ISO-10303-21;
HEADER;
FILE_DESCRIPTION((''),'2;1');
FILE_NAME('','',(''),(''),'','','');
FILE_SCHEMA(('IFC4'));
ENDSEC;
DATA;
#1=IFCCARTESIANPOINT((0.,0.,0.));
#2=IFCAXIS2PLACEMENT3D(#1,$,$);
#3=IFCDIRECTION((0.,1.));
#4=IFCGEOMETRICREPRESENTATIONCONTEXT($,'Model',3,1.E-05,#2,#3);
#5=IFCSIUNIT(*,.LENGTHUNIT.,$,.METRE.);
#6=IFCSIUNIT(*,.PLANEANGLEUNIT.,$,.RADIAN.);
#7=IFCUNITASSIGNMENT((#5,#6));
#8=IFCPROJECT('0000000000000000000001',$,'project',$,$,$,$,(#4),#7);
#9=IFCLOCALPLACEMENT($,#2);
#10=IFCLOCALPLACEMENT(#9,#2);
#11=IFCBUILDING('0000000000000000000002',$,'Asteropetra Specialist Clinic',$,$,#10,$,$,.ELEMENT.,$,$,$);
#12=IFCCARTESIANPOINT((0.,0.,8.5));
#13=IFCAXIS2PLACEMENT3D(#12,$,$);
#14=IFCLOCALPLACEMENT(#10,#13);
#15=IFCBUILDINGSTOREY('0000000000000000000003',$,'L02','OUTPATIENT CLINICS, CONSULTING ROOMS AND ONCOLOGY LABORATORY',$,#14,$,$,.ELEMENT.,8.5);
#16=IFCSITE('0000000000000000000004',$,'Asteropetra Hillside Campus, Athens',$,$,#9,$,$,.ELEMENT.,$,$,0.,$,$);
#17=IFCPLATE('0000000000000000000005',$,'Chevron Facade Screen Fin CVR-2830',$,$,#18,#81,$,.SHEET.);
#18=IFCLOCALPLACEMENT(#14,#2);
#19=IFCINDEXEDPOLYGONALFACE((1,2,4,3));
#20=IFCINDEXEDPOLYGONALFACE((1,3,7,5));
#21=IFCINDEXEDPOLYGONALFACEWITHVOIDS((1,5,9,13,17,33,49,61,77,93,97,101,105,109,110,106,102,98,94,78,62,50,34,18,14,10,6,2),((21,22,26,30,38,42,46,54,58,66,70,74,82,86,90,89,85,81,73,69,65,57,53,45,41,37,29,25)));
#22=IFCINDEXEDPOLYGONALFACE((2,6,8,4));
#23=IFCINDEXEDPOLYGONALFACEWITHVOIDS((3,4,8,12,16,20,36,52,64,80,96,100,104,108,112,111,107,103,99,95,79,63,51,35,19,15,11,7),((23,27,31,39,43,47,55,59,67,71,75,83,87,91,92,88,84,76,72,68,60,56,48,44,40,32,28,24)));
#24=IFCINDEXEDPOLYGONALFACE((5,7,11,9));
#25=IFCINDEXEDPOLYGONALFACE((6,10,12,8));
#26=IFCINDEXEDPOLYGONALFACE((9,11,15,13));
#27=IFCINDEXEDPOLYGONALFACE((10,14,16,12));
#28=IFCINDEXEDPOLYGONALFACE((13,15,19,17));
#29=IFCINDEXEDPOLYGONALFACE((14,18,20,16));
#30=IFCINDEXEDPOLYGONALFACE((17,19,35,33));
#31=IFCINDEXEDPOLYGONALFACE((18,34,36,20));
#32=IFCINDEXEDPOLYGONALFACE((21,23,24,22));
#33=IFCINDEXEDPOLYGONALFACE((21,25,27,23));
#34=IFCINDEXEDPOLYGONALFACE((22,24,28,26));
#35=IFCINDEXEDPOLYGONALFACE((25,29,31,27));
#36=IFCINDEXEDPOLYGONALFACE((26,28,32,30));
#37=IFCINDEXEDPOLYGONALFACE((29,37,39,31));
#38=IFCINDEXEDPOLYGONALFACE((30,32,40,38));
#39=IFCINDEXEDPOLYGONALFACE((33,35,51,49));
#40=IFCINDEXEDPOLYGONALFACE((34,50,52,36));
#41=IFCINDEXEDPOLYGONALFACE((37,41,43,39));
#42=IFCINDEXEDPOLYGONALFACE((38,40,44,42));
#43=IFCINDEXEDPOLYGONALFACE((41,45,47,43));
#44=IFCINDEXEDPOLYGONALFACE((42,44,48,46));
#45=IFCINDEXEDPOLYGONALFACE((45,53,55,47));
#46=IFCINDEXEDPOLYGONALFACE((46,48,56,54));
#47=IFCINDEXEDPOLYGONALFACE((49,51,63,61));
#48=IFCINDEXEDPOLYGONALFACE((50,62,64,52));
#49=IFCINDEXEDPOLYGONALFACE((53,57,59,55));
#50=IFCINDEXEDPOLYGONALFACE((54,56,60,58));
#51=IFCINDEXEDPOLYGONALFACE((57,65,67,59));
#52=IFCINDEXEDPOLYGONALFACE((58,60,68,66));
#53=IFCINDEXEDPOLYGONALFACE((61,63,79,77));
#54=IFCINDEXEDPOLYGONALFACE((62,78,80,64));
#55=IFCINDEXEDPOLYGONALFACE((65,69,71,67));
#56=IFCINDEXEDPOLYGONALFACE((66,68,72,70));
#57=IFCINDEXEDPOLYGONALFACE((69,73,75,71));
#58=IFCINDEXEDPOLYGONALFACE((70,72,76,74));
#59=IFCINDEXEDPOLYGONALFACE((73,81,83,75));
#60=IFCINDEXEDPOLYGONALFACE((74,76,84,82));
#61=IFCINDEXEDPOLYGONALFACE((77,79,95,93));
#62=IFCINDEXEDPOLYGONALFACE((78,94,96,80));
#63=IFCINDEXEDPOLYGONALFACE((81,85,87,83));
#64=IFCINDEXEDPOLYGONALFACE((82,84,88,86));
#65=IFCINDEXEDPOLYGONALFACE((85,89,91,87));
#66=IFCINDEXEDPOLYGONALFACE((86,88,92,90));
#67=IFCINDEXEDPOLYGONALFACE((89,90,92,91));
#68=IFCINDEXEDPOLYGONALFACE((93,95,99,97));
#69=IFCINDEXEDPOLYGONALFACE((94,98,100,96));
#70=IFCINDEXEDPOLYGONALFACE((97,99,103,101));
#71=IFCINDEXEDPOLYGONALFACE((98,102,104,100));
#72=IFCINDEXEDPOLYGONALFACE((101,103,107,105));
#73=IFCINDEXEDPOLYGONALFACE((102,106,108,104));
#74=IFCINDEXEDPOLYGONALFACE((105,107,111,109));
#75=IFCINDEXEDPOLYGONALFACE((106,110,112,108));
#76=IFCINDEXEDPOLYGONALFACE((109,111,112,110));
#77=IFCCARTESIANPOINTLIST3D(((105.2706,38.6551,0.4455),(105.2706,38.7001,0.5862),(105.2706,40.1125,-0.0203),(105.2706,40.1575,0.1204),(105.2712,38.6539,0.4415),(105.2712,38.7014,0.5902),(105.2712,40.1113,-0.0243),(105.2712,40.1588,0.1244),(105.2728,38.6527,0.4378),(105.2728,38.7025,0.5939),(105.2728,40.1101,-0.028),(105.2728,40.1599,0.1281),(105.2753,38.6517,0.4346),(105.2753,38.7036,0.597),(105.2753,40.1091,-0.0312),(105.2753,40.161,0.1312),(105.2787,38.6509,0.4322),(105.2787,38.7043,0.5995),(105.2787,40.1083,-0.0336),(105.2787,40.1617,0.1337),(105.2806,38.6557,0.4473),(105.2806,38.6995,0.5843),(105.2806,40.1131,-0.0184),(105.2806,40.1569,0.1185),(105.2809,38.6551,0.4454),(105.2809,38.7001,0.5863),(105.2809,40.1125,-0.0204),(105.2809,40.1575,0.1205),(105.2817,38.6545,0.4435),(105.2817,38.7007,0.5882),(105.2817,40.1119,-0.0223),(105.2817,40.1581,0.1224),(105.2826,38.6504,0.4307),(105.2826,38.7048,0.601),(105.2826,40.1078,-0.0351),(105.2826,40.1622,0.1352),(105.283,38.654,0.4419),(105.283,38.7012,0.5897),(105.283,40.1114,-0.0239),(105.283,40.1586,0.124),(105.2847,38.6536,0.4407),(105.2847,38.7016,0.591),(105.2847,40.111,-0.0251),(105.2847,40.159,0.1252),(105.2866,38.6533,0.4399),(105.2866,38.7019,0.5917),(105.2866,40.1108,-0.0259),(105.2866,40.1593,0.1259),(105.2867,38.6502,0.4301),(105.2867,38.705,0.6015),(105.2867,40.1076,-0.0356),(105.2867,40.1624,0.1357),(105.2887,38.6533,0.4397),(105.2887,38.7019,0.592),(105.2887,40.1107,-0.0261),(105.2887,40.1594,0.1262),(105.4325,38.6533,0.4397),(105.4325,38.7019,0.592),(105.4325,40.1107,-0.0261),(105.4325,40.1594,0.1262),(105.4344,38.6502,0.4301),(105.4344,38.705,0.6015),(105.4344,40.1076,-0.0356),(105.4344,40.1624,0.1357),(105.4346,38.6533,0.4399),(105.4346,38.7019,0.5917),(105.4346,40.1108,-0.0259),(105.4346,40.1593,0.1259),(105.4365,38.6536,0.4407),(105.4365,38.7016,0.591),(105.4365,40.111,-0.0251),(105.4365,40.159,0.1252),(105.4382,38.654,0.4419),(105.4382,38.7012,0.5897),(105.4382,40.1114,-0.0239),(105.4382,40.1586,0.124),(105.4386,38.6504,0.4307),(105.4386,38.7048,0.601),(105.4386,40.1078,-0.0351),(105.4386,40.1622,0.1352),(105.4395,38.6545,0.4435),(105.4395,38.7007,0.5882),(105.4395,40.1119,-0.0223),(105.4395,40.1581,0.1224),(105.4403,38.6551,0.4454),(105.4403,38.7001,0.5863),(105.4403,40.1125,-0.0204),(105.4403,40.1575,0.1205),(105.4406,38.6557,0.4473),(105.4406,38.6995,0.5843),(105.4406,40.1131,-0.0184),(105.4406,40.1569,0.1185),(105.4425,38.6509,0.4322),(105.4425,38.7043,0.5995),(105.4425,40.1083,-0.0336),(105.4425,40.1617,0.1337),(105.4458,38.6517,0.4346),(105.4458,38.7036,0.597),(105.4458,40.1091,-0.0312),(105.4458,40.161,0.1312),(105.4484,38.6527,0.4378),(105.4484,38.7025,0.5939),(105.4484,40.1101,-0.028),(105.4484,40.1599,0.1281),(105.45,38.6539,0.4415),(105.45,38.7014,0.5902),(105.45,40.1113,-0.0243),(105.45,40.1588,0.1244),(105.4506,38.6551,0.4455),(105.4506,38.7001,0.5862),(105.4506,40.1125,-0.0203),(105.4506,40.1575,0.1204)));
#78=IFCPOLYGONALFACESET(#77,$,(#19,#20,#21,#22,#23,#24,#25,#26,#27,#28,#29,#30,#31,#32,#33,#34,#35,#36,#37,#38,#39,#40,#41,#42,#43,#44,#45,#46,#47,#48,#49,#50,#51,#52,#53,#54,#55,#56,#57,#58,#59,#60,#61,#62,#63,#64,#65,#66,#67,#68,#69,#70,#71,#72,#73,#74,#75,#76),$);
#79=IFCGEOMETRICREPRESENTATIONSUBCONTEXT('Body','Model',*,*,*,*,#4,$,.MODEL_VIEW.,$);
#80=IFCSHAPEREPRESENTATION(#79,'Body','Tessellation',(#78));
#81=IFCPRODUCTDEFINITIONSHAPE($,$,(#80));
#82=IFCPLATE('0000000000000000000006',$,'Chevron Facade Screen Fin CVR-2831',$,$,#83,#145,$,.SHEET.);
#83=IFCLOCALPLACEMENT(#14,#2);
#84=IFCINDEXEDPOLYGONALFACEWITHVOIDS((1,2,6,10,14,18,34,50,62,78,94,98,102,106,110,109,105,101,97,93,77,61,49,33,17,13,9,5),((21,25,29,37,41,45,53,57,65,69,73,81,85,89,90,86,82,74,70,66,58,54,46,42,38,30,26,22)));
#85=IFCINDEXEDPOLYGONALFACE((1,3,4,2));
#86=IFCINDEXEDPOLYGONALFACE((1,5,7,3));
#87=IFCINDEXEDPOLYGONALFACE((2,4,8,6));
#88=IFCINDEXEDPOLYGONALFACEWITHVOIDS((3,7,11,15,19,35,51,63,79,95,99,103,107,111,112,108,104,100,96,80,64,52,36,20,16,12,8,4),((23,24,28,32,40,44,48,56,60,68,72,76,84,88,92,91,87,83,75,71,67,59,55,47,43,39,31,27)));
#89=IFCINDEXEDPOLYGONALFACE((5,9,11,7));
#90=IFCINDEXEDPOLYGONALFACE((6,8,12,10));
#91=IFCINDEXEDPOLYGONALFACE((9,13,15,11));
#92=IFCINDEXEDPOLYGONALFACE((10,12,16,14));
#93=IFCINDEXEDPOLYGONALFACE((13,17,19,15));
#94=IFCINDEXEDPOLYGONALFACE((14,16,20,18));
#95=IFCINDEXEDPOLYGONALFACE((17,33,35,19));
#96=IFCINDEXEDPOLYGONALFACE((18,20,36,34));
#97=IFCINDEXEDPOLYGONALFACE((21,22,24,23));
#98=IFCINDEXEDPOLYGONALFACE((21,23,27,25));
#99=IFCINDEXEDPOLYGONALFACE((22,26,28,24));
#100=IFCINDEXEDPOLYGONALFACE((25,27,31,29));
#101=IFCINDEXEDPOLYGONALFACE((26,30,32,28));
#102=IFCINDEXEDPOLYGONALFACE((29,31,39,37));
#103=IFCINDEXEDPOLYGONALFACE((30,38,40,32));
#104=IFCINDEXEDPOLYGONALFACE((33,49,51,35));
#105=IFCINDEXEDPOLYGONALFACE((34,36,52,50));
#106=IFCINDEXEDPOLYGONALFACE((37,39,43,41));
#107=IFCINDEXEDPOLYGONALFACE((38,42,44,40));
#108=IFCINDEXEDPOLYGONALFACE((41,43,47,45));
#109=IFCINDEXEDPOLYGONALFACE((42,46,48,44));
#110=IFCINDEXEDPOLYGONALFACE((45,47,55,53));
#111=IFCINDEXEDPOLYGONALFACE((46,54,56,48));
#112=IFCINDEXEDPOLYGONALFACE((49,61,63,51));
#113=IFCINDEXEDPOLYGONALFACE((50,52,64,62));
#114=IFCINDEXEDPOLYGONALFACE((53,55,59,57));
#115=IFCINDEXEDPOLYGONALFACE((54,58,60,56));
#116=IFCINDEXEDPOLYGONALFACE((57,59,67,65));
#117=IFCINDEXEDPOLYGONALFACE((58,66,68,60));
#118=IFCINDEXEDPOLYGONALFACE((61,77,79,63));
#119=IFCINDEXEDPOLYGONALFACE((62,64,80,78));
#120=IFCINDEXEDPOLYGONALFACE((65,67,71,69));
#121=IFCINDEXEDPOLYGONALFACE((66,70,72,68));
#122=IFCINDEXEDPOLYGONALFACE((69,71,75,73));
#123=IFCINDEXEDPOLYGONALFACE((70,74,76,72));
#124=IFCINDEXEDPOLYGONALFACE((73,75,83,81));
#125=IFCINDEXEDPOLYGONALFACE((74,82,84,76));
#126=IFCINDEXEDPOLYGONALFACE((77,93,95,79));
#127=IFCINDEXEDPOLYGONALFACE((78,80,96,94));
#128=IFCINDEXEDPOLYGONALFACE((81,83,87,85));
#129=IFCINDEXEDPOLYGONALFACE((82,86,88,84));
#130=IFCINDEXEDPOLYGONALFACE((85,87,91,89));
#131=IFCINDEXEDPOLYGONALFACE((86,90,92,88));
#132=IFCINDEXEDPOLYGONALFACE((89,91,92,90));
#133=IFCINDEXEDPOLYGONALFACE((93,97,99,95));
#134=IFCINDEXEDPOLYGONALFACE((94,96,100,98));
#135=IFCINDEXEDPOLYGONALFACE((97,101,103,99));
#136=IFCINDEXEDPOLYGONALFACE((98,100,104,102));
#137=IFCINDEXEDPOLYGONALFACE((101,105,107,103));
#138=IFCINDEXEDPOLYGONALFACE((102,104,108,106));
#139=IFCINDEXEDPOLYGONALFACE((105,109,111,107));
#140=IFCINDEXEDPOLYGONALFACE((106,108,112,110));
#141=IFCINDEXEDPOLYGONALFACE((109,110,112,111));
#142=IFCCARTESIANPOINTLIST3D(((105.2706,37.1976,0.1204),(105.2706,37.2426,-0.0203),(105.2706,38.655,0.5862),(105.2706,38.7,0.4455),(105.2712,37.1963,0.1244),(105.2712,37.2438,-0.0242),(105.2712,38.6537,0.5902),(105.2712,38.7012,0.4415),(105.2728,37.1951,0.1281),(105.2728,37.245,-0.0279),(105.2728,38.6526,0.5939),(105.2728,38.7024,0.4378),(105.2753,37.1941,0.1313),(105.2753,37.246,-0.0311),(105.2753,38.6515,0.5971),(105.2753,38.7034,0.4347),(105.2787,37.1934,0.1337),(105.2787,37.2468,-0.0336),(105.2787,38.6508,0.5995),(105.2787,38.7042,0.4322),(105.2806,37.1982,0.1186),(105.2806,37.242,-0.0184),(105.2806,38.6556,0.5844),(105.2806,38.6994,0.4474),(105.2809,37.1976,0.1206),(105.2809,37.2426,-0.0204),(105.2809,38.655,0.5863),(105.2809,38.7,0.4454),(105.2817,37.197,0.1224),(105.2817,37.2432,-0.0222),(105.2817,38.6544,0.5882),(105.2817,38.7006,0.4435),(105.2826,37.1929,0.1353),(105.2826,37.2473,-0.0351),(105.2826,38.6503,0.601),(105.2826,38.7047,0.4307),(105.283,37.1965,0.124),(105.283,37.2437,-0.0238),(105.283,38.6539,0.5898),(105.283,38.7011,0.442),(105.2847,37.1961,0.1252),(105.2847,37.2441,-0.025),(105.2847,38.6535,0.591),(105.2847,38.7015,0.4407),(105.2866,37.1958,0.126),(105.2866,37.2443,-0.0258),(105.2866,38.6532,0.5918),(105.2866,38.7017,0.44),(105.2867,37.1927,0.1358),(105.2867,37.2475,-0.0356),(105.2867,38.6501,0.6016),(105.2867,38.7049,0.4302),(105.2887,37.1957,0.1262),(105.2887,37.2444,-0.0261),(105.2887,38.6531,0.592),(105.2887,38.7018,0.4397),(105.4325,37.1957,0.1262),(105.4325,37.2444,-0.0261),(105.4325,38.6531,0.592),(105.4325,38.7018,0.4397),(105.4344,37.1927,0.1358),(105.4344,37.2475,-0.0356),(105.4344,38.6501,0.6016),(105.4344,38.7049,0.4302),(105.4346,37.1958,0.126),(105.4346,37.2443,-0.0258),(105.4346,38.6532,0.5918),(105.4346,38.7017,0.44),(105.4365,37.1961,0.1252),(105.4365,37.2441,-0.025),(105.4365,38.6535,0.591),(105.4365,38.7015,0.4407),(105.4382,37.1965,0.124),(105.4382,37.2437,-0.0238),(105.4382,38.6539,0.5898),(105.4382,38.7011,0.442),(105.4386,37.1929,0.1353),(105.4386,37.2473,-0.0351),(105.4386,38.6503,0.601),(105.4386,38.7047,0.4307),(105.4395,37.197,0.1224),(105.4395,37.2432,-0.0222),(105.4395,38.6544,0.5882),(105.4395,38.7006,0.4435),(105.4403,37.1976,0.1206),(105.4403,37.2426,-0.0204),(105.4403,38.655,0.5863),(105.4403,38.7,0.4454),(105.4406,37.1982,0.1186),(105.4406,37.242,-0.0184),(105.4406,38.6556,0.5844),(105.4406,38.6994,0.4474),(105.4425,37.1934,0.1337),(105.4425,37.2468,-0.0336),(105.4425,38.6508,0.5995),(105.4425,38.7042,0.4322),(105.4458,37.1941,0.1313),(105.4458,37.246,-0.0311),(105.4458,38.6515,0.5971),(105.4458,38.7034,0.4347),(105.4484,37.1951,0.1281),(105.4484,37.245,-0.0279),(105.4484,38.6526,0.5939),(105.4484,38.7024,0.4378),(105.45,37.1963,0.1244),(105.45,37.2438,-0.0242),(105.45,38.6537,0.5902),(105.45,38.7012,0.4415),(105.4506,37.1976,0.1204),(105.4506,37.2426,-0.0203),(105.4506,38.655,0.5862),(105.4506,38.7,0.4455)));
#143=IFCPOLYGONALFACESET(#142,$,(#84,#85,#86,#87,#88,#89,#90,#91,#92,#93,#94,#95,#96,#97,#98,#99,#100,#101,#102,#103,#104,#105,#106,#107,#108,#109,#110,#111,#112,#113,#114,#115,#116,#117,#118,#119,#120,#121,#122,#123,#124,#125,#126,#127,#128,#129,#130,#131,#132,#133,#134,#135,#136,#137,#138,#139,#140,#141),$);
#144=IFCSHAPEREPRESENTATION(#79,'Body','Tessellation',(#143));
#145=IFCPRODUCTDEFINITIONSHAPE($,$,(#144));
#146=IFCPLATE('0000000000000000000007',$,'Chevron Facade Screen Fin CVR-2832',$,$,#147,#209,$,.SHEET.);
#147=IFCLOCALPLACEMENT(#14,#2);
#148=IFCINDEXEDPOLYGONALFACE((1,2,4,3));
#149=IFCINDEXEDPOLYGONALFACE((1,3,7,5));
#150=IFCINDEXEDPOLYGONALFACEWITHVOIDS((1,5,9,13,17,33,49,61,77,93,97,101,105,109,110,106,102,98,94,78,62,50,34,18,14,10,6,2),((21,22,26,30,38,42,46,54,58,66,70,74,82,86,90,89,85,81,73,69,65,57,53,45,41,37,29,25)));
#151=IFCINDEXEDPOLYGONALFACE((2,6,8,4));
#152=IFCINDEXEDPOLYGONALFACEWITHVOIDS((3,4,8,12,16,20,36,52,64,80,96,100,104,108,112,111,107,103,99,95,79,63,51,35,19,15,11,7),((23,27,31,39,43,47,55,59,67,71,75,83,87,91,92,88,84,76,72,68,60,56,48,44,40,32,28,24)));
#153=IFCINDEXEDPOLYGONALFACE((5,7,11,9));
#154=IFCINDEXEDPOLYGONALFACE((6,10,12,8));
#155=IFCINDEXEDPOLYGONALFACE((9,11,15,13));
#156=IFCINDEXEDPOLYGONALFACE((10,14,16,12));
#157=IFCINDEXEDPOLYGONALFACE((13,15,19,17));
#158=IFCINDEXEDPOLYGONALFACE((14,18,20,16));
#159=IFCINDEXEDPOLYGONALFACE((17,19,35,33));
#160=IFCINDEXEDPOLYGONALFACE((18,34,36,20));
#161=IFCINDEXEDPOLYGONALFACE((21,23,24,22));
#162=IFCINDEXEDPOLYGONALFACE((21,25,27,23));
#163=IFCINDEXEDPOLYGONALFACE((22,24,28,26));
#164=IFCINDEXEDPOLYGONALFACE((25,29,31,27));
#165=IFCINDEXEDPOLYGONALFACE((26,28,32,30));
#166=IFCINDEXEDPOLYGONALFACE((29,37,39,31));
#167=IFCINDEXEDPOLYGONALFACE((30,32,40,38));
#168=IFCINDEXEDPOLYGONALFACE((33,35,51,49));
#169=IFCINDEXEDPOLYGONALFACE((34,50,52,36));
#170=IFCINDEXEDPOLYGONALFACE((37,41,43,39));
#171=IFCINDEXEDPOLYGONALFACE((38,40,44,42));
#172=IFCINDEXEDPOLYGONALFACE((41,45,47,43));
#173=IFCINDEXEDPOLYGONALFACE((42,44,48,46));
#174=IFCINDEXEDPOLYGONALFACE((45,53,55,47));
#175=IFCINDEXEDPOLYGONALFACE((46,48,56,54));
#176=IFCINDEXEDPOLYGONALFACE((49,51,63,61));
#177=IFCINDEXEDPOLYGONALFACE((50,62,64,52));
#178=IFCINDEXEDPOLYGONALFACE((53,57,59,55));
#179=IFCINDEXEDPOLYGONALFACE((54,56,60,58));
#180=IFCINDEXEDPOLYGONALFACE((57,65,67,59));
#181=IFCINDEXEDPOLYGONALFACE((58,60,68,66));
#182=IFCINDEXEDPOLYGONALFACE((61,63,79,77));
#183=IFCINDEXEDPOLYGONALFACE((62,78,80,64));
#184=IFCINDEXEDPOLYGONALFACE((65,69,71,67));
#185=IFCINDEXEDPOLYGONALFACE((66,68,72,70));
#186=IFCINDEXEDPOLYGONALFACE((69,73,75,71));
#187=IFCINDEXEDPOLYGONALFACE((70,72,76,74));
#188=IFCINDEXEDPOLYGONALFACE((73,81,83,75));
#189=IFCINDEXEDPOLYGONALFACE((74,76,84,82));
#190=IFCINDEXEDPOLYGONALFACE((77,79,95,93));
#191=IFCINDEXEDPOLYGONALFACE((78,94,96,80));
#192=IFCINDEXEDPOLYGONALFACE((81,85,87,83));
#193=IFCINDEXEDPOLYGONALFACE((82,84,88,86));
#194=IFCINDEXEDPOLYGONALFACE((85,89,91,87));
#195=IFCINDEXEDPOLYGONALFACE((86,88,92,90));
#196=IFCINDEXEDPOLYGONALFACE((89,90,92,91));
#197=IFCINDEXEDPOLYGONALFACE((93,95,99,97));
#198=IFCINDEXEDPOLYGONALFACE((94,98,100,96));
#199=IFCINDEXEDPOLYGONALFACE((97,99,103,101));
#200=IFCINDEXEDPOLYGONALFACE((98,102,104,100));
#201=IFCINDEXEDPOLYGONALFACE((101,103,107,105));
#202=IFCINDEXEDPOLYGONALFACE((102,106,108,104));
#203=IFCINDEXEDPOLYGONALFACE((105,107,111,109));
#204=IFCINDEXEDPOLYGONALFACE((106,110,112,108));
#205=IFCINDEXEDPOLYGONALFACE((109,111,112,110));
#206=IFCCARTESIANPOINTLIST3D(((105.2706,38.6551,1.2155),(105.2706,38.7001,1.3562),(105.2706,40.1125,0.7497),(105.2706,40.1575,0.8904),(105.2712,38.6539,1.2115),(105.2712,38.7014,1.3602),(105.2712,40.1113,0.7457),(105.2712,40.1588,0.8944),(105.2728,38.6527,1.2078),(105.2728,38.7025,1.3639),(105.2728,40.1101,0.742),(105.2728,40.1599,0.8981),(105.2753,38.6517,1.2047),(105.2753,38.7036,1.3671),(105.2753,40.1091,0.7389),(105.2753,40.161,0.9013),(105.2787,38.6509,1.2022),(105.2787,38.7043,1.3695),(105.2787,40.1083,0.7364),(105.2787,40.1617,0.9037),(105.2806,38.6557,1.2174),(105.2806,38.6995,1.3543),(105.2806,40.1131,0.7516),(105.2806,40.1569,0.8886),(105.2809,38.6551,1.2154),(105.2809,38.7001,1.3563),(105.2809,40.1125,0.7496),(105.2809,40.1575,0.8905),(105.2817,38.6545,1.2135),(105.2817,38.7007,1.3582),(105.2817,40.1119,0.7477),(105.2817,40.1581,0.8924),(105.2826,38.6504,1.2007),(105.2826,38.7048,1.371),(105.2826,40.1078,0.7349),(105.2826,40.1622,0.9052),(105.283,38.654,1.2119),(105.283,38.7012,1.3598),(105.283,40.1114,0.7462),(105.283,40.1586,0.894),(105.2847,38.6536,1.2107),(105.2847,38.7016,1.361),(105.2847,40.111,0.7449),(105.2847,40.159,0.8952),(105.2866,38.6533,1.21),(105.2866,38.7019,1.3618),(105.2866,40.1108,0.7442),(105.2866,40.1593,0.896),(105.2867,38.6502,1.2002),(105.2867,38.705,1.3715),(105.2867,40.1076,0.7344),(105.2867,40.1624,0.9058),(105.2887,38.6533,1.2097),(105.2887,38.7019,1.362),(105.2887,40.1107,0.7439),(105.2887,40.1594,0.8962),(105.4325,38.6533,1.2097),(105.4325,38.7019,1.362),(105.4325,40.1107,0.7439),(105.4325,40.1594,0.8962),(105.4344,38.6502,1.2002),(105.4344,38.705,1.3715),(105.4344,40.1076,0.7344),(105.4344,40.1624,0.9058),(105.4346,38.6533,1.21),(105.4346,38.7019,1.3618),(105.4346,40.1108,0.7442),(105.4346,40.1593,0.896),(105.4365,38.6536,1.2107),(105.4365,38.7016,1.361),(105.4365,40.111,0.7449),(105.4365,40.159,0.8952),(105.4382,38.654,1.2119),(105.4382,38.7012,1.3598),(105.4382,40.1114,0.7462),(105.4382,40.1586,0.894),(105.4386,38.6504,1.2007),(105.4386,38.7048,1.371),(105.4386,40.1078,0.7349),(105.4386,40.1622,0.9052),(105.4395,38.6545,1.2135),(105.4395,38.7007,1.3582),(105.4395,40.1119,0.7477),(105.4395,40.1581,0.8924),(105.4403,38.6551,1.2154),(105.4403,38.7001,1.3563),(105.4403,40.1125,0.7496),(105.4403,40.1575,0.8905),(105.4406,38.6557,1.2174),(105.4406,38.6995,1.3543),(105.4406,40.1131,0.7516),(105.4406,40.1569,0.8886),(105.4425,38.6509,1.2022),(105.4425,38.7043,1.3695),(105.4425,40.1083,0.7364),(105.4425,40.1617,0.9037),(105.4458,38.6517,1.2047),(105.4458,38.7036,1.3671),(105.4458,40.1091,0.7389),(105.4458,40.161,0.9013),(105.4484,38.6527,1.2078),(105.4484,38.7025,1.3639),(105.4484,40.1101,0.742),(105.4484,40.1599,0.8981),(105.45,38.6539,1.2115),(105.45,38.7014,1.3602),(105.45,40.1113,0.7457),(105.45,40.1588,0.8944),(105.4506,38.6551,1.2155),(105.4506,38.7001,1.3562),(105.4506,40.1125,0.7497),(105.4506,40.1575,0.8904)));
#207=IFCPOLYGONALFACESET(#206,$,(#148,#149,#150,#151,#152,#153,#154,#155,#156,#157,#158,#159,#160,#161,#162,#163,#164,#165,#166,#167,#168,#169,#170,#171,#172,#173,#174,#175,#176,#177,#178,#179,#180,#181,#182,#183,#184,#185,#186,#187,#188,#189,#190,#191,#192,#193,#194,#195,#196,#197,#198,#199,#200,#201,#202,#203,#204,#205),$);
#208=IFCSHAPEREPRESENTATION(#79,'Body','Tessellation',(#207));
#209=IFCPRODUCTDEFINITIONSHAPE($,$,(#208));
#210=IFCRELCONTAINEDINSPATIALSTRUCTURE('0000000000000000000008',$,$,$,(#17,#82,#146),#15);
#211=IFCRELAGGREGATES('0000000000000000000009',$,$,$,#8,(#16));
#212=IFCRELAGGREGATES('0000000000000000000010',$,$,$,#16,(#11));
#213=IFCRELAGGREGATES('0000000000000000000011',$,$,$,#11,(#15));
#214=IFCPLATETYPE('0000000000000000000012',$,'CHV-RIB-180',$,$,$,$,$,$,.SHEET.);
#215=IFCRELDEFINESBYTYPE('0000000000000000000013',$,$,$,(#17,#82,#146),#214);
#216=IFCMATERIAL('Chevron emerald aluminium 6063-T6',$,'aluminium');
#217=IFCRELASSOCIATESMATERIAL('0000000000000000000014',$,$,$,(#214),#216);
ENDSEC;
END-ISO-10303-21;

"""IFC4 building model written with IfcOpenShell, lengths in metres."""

from ifc_helpers import new_model, si_unit, direction, frame, origin, origin_2d, place, context, subcontext, project, spatial, hollow_rectangle, extrude, material, material_profile, profile_set, type_object, element, save


model = new_model("IFC4")

# Units and contexts
model_context = context("Model", 3, precision=1e-05, world=origin(), true_north=direction((0.0, 1.0)))
body_context = subcontext(model_context, "Body", "Model", "MODEL_VIEW")
ifc_project = project(units=[si_unit("LENGTHUNIT", "METRE"), si_unit("PLANEANGLEUNIT", "RADIAN")], contexts=[model_context])

# Site, building, storey
site_placement = place(None, origin())
site = spatial("IfcSite", under=ifc_project, at=site_placement, Name="Asteropetra Hillside Campus, Athens", CompositionType="ELEMENT", RefElevation=0.0)
building_placement = place(site_placement, origin())
building = spatial("IfcBuilding", under=site, at=building_placement, Name="Asteropetra Specialist Clinic", CompositionType="ELEMENT")
storey_placement = place(building_placement, frame((0.0, 0.0, 8.5)))
storey = spatial("IfcBuildingStorey", under=building, at=storey_placement, Name="L02", Description="OUTPATIENT CLINICS, CONSULTING ROOMS AND ONCOLOGY LABORATORY", CompositionType="ELEMENT", Elevation=8.5)

# Plates
ifc_material_1 = material(Name="Chevron emerald aluminium 6063-T6", Category="aluminium")
ifc_material_profile = material_profile(ifc_material_1, hollow_rectangle(XDim=0.1799, YDim=0.1799, WallThickness=0.01, InnerFilletRadius=0.0081, OuterFilletRadius=0.0161, at=origin_2d()), Name="SHS 180x180x10.0")
ifc_profile_set = profile_set([ifc_material_profile], Name="Chevron emerald aluminium 6063-T6")
plate_type_1 = type_object("IfcPlateType", Name="CHV-RIB-180", PredefinedType="SHEET", material=ifc_profile_set)
for number, where, z_axis, x_axis, name in (
    (1, (105.3606, 40.135, 0.05), (0.0, -0.952535, 0.304428), (1.0, 0.0, 0.0), "Chevron Facade Screen Fin CVR-2830"),
    (2, (105.3606, 38.6775, 0.5159), (0.0, -0.952535, -0.304428), (1.0, 0.0, 0.0), "Chevron Facade Screen Fin CVR-2831"),
    (3, (105.3606, 40.135, 0.8201), (0.0, -0.952535, 0.304428), (1.0, 0.0, 0.0), "Chevron Facade Screen Fin CVR-2832"),
):
    element("IfcPlate", number, at=place(storey_placement, frame(where, z_axis=z_axis, x_axis=x_axis)), inside=storey, type_object=plate_type_1, Name=name, PredefinedType="SHEET", context=body_context, shape_type="SweptSolid", body=[
        extrude(hollow_rectangle(XDim=0.1799, YDim=0.1799, WallThickness=0.01, InnerFilletRadius=0.0081, OuterFilletRadius=0.0161, at=origin_2d()), origin(), (0.0, 0.0, 1.0), 1.53),
    ])

save(model, "model.ifc")
